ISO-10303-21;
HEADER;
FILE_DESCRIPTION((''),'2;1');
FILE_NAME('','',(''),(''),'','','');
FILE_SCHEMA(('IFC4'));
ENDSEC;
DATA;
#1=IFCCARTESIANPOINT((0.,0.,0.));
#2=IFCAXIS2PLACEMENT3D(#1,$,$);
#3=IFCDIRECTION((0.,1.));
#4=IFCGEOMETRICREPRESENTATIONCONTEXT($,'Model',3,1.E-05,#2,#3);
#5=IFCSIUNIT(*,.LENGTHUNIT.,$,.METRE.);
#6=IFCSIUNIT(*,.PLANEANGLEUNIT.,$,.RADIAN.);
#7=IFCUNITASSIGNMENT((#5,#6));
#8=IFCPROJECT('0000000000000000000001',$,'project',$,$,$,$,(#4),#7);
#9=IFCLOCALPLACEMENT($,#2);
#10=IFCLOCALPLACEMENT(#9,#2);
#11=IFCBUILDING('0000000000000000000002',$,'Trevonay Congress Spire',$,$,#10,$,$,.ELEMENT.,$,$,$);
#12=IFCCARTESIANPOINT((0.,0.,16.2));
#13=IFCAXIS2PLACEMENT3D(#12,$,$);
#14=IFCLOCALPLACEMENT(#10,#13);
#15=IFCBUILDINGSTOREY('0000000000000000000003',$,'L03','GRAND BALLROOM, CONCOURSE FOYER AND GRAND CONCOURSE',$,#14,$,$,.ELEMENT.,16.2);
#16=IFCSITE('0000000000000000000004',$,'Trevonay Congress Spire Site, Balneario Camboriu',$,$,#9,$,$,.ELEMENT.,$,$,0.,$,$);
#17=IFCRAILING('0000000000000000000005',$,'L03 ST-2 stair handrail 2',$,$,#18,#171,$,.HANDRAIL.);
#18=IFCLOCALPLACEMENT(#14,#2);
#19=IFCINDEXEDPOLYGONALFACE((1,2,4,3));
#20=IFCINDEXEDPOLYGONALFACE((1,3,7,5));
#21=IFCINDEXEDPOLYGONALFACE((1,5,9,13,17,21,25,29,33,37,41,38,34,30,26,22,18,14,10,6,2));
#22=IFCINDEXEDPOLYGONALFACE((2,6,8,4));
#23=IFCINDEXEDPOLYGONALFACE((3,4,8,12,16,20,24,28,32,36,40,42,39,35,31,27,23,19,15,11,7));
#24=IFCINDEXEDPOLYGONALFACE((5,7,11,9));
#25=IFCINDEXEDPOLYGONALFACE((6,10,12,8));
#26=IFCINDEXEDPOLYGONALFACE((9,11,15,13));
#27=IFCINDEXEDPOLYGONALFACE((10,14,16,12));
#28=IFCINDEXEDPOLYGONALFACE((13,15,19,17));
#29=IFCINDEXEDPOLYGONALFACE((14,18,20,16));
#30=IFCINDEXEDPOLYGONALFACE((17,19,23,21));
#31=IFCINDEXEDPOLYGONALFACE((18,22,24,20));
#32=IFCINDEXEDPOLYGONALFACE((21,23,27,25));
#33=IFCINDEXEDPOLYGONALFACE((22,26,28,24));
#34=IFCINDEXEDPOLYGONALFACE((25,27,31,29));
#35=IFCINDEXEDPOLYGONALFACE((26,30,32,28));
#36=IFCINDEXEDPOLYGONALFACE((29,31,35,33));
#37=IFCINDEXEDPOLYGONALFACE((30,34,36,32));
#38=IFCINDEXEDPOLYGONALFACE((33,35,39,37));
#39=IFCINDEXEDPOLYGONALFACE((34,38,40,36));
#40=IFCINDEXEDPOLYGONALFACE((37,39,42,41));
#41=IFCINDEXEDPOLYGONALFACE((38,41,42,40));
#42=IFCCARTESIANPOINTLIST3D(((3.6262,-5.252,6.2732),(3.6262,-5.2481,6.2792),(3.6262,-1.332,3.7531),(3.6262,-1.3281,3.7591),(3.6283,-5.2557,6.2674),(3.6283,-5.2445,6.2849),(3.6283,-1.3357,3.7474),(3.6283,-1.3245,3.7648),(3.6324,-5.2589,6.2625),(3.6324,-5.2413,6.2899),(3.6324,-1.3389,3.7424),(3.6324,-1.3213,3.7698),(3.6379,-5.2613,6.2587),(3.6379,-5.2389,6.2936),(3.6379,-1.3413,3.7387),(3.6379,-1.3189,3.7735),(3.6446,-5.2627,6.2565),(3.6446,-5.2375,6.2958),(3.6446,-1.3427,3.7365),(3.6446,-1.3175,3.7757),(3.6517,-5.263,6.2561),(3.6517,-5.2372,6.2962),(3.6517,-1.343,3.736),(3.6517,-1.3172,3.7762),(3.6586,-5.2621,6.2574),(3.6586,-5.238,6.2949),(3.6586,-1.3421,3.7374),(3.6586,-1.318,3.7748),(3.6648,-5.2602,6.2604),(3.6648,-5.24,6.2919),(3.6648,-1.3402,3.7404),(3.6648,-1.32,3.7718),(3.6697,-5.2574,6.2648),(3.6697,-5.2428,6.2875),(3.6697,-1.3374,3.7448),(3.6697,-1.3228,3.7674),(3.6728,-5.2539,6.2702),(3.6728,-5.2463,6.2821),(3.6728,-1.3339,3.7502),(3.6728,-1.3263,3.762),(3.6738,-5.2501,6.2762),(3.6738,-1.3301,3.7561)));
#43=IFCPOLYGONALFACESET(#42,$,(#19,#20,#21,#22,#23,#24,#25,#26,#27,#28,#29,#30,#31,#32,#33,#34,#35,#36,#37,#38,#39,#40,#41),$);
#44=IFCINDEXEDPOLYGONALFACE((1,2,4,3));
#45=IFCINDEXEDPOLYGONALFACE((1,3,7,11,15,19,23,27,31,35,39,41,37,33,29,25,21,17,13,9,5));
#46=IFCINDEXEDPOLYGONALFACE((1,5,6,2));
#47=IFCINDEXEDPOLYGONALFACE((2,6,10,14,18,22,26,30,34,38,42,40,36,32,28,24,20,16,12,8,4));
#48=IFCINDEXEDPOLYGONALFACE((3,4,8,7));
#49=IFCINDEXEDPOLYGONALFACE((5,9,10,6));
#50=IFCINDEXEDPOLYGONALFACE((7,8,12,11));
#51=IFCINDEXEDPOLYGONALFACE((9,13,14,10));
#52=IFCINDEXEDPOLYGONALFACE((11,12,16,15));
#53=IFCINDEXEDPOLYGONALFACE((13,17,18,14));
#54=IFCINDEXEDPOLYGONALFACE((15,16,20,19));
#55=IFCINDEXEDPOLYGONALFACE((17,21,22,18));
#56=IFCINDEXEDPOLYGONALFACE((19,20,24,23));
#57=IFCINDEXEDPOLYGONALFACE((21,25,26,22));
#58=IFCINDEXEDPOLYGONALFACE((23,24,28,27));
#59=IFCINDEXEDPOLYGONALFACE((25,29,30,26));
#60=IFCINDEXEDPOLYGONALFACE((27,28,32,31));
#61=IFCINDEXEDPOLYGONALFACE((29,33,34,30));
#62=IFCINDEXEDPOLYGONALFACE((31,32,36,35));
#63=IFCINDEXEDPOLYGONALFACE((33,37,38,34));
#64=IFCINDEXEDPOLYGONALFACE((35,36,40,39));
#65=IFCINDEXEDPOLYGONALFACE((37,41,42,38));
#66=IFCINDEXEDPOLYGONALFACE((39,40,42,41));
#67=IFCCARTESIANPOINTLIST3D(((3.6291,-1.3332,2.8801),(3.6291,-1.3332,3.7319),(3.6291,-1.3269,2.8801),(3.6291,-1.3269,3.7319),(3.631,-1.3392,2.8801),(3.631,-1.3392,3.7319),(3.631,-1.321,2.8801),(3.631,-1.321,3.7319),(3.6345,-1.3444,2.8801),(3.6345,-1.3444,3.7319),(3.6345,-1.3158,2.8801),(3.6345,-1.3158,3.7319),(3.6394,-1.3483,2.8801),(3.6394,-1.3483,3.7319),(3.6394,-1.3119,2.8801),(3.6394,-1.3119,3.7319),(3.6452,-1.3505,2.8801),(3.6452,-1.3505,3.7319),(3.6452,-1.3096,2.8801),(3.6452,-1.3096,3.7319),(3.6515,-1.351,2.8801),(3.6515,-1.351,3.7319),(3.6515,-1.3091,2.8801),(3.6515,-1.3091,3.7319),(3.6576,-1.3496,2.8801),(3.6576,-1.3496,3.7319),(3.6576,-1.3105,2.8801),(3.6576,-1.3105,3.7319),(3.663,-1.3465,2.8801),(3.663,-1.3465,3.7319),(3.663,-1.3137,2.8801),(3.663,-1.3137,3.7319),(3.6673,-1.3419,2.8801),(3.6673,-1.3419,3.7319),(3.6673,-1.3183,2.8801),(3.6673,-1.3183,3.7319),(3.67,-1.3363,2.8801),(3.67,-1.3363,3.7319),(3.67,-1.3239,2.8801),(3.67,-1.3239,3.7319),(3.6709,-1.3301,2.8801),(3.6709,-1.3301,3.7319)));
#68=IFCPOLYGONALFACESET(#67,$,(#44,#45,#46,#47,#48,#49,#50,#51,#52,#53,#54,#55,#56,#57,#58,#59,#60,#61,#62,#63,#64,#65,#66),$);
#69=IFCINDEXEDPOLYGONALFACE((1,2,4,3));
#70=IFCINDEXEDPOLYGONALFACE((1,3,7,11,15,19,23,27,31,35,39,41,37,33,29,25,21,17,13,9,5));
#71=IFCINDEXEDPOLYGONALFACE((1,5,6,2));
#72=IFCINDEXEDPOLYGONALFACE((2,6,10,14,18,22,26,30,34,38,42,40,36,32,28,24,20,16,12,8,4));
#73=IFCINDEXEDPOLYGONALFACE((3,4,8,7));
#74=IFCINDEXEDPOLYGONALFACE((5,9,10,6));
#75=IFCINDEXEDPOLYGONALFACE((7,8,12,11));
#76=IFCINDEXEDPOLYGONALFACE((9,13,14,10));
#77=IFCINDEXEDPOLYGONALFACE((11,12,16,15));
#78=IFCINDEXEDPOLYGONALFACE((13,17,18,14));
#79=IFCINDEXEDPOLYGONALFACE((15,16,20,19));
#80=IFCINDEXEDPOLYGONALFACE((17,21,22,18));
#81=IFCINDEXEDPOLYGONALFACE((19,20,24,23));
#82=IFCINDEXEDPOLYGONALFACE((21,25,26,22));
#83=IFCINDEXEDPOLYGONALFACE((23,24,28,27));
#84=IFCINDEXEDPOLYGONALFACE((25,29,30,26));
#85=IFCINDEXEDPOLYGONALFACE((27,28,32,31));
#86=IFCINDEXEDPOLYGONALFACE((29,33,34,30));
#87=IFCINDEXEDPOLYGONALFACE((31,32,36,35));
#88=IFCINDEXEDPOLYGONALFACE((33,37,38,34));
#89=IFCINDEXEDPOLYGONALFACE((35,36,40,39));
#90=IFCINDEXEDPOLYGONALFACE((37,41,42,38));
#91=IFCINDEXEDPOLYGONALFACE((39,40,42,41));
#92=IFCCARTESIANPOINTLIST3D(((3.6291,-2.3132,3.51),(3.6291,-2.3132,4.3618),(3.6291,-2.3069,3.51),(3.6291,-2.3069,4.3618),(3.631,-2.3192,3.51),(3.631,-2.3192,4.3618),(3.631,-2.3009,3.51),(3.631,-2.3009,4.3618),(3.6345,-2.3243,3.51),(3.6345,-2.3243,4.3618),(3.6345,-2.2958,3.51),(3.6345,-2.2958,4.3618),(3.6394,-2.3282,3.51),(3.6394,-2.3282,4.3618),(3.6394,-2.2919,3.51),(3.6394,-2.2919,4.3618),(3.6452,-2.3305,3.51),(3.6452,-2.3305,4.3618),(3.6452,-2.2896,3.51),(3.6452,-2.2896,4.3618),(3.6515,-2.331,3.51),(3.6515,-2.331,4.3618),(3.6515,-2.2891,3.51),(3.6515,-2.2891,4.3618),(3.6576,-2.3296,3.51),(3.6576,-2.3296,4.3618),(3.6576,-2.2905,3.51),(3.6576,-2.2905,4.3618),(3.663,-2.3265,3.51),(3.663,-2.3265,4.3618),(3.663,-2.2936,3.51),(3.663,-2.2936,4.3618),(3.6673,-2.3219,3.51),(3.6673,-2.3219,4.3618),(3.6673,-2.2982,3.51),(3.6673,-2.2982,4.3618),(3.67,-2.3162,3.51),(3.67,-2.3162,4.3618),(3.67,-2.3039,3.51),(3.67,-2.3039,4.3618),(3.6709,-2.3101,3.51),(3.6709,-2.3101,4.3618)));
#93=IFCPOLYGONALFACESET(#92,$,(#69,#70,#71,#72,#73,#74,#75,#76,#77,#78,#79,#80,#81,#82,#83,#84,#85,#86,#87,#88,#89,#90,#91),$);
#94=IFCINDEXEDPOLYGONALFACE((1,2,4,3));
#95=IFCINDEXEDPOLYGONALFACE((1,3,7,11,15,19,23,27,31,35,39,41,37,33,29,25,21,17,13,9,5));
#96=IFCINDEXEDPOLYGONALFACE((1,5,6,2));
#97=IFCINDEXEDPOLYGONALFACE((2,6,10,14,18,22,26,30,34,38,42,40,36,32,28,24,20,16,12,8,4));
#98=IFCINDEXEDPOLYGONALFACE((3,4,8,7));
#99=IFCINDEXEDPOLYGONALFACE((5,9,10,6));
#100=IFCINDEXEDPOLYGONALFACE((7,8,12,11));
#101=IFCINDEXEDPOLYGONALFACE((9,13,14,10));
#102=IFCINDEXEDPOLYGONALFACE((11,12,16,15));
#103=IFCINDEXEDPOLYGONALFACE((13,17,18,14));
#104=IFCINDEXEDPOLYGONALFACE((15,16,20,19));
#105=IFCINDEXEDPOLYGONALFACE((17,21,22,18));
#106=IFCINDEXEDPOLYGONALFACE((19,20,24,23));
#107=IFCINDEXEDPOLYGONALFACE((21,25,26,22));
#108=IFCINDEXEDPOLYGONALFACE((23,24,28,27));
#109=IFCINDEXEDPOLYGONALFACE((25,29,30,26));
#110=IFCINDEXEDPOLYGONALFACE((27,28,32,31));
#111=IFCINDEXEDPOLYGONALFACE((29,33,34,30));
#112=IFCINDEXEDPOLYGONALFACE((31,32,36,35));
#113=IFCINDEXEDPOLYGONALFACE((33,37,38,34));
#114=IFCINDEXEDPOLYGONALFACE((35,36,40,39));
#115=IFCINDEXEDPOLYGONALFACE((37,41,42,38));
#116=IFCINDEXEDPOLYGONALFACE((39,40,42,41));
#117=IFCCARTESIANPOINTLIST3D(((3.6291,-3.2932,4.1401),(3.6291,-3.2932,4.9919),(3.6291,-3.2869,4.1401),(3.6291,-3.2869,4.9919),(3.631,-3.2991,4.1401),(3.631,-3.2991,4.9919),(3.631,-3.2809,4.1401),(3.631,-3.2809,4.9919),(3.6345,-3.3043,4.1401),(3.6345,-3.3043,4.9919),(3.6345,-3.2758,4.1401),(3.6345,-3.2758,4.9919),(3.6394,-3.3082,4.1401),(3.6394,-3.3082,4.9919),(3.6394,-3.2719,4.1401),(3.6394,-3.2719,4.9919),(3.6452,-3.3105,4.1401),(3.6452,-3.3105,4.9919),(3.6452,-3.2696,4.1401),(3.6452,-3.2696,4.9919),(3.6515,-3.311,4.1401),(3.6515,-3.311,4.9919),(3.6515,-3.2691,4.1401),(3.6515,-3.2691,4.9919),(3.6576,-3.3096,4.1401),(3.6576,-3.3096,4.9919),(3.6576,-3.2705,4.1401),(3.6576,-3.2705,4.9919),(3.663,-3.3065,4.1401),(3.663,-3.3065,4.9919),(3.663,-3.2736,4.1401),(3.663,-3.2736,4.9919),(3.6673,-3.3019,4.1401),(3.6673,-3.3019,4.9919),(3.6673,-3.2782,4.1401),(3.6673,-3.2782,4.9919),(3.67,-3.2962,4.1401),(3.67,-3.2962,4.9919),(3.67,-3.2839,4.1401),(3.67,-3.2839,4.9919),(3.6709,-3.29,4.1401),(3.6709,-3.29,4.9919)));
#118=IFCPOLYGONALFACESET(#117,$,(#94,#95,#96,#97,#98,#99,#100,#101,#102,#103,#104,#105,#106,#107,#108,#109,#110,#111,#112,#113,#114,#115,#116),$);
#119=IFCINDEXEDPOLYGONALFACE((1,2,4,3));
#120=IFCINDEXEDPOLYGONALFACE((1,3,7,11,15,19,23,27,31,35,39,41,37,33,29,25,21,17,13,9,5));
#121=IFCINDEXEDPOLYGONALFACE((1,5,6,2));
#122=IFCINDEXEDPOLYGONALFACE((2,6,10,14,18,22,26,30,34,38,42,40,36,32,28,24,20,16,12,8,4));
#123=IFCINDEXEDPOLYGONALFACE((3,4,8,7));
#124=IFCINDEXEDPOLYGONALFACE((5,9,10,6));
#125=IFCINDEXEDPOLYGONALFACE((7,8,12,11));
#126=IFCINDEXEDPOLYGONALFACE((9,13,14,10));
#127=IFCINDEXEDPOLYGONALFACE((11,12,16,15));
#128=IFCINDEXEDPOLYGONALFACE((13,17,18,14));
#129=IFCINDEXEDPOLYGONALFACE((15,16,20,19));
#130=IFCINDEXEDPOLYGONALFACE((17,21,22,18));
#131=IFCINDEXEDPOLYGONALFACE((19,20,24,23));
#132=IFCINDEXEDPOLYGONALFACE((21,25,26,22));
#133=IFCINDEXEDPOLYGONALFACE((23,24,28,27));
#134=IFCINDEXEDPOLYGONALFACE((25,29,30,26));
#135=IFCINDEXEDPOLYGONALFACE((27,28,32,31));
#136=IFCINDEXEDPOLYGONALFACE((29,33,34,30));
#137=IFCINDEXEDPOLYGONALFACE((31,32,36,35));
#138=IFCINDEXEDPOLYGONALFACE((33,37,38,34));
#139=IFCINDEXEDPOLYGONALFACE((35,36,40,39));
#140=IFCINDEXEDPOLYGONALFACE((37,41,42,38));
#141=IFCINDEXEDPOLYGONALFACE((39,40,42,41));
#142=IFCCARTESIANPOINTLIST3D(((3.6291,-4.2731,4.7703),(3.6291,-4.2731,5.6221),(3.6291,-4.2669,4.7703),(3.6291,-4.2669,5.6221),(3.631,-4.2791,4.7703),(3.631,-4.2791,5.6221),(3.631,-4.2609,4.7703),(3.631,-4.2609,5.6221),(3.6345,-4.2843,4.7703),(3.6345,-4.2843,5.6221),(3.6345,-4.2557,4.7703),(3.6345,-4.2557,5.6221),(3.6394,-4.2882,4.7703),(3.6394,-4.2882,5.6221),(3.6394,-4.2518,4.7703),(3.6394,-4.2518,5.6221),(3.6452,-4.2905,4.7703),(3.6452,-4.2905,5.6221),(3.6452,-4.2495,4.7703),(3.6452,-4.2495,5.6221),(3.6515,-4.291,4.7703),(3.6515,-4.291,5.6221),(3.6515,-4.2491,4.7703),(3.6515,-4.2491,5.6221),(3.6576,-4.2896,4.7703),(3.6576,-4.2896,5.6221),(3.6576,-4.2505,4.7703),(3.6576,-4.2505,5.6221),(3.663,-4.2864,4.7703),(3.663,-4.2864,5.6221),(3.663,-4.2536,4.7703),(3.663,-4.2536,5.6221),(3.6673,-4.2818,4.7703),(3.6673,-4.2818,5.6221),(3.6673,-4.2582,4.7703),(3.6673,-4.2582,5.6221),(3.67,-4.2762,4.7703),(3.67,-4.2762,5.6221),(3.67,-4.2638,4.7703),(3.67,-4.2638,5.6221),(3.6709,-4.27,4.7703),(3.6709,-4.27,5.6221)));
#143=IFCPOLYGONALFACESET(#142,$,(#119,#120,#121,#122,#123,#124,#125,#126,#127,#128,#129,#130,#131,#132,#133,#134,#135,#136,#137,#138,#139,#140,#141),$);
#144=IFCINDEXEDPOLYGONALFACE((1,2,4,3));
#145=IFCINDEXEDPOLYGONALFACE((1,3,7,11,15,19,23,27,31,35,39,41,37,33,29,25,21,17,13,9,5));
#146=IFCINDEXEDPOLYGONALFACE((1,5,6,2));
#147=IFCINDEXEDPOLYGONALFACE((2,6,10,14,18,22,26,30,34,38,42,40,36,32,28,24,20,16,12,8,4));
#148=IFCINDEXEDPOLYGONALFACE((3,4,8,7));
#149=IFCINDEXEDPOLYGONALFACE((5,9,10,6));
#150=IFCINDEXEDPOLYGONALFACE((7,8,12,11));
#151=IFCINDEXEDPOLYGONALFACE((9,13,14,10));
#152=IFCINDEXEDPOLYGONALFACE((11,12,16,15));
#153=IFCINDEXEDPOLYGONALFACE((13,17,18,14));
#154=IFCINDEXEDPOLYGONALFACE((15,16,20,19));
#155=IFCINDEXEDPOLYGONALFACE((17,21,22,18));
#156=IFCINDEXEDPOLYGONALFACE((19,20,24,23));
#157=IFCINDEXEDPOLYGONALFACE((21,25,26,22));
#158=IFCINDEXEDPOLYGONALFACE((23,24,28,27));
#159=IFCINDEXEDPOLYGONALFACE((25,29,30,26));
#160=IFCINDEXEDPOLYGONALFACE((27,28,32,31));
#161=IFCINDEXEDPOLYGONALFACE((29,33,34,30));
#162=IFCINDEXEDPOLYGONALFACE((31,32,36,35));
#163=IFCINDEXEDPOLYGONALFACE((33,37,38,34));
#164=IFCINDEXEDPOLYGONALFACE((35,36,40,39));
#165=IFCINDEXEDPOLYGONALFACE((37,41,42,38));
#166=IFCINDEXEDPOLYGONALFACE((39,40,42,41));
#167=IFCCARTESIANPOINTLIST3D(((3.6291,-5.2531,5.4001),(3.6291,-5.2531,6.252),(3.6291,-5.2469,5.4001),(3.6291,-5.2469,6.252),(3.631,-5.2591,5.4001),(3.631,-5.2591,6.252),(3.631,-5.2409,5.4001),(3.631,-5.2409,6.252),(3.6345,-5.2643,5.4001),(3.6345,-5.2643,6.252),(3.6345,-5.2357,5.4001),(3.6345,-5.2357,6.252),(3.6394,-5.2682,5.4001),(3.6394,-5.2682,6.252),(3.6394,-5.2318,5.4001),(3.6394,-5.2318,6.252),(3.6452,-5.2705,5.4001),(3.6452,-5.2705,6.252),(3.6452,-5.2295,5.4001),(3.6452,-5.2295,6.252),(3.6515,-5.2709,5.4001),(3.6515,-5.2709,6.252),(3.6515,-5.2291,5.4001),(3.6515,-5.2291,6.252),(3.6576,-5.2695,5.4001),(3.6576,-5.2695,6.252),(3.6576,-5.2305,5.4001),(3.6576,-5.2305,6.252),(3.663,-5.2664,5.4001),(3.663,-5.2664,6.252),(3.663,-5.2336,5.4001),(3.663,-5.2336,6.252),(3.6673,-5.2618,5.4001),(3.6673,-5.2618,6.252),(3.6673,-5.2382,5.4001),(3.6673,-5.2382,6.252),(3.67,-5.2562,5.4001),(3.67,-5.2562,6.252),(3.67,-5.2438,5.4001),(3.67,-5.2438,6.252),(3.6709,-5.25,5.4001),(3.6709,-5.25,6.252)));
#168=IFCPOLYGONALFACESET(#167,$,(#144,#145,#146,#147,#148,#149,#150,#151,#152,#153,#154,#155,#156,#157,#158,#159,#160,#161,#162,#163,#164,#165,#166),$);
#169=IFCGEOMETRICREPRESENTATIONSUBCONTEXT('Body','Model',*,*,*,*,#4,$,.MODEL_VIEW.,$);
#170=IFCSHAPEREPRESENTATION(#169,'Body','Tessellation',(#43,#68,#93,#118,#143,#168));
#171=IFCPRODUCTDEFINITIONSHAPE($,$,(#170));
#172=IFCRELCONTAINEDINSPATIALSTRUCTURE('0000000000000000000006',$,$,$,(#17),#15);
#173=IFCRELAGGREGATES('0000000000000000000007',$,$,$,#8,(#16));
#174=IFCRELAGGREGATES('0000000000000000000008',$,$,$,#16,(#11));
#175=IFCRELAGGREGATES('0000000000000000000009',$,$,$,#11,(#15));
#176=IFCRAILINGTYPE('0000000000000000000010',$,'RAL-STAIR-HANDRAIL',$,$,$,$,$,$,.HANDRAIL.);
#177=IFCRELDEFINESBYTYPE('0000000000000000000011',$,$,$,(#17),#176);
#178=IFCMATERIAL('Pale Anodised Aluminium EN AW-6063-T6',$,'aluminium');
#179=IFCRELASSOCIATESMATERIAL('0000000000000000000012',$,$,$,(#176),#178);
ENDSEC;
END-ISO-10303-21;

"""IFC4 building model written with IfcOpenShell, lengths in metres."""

from ifc_helpers import new_model, si_unit, direction, frame, origin, origin_2d, place, context, subcontext, project, spatial, circle, extrude, material, type_object, element, save


model = new_model("IFC4")

# Units and contexts
model_context = context("Model", 3, precision=1e-05, world=origin(), true_north=direction((0.0, 1.0)))
body_context = subcontext(model_context, "Body", "Model", "MODEL_VIEW")
ifc_project = project(units=[si_unit("LENGTHUNIT", "METRE"), si_unit("PLANEANGLEUNIT", "RADIAN")], contexts=[model_context])

# Site, building, storey
site_placement = place(None, origin())
site = spatial("IfcSite", under=ifc_project, at=site_placement, Name="Trevonay Congress Spire Site, Balneario Camboriu", CompositionType="ELEMENT", RefElevation=0.0)
building_placement = place(site_placement, origin())
building = spatial("IfcBuilding", under=site, at=building_placement, Name="Trevonay Congress Spire", CompositionType="ELEMENT")
storey_placement = place(building_placement, frame((0.0, 0.0, 16.2)))
storey = spatial("IfcBuildingStorey", under=building, at=storey_placement, Name="L03", Description="GRAND BALLROOM, CONCOURSE FOYER AND GRAND CONCOURSE", CompositionType="ELEMENT", Elevation=16.2)

# Railing
ifc_material_1 = material(Name="Pale Anodised Aluminium EN AW-6063-T6", Category="aluminium")
railing_type_1 = type_object("IfcRailingType", Name="RAL-STAIR-HANDRAIL", PredefinedType="HANDRAIL", material=ifc_material_1)
railing_1_placement = place(storey_placement, frame((3.6499, -1.3301, 2.8801)))
element("IfcRailing", 1, at=railing_1_placement, inside=storey, type_object=railing_type_1, Name="L03 ST-2 stair handrail 2", PredefinedType="HANDRAIL", context=body_context, shape_type="SweptSolid", body=[
    extrude(circle(Radius=0.0239, at=origin_2d()), frame((0.0, 0.0, 0.876), z_axis=(0.0, -0.841172, 0.540768), x_axis=(1.0, 0.0, 0.0)), (0.0, 0.0, 1.0), 4.6602),
    extrude(circle(Radius=0.021, at=origin_2d()), origin(), (0.0, 0.0, 1.0), 0.8518),
    extrude(circle(Radius=0.021, at=origin_2d()), frame((0.0, -0.98, 0.6299)), (0.0, 0.0, 1.0), 0.8518),
    extrude(circle(Radius=0.021, at=origin_2d()), frame((0.0, -1.96, 1.26)), (0.0, 0.0, 1.0), 0.8518),
    extrude(circle(Radius=0.021, at=origin_2d()), frame((0.0, -2.9399, 1.8901)), (0.0, 0.0, 1.0), 0.8518),
    extrude(circle(Radius=0.021, at=origin_2d()), frame((0.0, -3.9199, 2.52)), (0.0, 0.0, 1.0), 0.8518),
])

save(model, "model.ifc")
